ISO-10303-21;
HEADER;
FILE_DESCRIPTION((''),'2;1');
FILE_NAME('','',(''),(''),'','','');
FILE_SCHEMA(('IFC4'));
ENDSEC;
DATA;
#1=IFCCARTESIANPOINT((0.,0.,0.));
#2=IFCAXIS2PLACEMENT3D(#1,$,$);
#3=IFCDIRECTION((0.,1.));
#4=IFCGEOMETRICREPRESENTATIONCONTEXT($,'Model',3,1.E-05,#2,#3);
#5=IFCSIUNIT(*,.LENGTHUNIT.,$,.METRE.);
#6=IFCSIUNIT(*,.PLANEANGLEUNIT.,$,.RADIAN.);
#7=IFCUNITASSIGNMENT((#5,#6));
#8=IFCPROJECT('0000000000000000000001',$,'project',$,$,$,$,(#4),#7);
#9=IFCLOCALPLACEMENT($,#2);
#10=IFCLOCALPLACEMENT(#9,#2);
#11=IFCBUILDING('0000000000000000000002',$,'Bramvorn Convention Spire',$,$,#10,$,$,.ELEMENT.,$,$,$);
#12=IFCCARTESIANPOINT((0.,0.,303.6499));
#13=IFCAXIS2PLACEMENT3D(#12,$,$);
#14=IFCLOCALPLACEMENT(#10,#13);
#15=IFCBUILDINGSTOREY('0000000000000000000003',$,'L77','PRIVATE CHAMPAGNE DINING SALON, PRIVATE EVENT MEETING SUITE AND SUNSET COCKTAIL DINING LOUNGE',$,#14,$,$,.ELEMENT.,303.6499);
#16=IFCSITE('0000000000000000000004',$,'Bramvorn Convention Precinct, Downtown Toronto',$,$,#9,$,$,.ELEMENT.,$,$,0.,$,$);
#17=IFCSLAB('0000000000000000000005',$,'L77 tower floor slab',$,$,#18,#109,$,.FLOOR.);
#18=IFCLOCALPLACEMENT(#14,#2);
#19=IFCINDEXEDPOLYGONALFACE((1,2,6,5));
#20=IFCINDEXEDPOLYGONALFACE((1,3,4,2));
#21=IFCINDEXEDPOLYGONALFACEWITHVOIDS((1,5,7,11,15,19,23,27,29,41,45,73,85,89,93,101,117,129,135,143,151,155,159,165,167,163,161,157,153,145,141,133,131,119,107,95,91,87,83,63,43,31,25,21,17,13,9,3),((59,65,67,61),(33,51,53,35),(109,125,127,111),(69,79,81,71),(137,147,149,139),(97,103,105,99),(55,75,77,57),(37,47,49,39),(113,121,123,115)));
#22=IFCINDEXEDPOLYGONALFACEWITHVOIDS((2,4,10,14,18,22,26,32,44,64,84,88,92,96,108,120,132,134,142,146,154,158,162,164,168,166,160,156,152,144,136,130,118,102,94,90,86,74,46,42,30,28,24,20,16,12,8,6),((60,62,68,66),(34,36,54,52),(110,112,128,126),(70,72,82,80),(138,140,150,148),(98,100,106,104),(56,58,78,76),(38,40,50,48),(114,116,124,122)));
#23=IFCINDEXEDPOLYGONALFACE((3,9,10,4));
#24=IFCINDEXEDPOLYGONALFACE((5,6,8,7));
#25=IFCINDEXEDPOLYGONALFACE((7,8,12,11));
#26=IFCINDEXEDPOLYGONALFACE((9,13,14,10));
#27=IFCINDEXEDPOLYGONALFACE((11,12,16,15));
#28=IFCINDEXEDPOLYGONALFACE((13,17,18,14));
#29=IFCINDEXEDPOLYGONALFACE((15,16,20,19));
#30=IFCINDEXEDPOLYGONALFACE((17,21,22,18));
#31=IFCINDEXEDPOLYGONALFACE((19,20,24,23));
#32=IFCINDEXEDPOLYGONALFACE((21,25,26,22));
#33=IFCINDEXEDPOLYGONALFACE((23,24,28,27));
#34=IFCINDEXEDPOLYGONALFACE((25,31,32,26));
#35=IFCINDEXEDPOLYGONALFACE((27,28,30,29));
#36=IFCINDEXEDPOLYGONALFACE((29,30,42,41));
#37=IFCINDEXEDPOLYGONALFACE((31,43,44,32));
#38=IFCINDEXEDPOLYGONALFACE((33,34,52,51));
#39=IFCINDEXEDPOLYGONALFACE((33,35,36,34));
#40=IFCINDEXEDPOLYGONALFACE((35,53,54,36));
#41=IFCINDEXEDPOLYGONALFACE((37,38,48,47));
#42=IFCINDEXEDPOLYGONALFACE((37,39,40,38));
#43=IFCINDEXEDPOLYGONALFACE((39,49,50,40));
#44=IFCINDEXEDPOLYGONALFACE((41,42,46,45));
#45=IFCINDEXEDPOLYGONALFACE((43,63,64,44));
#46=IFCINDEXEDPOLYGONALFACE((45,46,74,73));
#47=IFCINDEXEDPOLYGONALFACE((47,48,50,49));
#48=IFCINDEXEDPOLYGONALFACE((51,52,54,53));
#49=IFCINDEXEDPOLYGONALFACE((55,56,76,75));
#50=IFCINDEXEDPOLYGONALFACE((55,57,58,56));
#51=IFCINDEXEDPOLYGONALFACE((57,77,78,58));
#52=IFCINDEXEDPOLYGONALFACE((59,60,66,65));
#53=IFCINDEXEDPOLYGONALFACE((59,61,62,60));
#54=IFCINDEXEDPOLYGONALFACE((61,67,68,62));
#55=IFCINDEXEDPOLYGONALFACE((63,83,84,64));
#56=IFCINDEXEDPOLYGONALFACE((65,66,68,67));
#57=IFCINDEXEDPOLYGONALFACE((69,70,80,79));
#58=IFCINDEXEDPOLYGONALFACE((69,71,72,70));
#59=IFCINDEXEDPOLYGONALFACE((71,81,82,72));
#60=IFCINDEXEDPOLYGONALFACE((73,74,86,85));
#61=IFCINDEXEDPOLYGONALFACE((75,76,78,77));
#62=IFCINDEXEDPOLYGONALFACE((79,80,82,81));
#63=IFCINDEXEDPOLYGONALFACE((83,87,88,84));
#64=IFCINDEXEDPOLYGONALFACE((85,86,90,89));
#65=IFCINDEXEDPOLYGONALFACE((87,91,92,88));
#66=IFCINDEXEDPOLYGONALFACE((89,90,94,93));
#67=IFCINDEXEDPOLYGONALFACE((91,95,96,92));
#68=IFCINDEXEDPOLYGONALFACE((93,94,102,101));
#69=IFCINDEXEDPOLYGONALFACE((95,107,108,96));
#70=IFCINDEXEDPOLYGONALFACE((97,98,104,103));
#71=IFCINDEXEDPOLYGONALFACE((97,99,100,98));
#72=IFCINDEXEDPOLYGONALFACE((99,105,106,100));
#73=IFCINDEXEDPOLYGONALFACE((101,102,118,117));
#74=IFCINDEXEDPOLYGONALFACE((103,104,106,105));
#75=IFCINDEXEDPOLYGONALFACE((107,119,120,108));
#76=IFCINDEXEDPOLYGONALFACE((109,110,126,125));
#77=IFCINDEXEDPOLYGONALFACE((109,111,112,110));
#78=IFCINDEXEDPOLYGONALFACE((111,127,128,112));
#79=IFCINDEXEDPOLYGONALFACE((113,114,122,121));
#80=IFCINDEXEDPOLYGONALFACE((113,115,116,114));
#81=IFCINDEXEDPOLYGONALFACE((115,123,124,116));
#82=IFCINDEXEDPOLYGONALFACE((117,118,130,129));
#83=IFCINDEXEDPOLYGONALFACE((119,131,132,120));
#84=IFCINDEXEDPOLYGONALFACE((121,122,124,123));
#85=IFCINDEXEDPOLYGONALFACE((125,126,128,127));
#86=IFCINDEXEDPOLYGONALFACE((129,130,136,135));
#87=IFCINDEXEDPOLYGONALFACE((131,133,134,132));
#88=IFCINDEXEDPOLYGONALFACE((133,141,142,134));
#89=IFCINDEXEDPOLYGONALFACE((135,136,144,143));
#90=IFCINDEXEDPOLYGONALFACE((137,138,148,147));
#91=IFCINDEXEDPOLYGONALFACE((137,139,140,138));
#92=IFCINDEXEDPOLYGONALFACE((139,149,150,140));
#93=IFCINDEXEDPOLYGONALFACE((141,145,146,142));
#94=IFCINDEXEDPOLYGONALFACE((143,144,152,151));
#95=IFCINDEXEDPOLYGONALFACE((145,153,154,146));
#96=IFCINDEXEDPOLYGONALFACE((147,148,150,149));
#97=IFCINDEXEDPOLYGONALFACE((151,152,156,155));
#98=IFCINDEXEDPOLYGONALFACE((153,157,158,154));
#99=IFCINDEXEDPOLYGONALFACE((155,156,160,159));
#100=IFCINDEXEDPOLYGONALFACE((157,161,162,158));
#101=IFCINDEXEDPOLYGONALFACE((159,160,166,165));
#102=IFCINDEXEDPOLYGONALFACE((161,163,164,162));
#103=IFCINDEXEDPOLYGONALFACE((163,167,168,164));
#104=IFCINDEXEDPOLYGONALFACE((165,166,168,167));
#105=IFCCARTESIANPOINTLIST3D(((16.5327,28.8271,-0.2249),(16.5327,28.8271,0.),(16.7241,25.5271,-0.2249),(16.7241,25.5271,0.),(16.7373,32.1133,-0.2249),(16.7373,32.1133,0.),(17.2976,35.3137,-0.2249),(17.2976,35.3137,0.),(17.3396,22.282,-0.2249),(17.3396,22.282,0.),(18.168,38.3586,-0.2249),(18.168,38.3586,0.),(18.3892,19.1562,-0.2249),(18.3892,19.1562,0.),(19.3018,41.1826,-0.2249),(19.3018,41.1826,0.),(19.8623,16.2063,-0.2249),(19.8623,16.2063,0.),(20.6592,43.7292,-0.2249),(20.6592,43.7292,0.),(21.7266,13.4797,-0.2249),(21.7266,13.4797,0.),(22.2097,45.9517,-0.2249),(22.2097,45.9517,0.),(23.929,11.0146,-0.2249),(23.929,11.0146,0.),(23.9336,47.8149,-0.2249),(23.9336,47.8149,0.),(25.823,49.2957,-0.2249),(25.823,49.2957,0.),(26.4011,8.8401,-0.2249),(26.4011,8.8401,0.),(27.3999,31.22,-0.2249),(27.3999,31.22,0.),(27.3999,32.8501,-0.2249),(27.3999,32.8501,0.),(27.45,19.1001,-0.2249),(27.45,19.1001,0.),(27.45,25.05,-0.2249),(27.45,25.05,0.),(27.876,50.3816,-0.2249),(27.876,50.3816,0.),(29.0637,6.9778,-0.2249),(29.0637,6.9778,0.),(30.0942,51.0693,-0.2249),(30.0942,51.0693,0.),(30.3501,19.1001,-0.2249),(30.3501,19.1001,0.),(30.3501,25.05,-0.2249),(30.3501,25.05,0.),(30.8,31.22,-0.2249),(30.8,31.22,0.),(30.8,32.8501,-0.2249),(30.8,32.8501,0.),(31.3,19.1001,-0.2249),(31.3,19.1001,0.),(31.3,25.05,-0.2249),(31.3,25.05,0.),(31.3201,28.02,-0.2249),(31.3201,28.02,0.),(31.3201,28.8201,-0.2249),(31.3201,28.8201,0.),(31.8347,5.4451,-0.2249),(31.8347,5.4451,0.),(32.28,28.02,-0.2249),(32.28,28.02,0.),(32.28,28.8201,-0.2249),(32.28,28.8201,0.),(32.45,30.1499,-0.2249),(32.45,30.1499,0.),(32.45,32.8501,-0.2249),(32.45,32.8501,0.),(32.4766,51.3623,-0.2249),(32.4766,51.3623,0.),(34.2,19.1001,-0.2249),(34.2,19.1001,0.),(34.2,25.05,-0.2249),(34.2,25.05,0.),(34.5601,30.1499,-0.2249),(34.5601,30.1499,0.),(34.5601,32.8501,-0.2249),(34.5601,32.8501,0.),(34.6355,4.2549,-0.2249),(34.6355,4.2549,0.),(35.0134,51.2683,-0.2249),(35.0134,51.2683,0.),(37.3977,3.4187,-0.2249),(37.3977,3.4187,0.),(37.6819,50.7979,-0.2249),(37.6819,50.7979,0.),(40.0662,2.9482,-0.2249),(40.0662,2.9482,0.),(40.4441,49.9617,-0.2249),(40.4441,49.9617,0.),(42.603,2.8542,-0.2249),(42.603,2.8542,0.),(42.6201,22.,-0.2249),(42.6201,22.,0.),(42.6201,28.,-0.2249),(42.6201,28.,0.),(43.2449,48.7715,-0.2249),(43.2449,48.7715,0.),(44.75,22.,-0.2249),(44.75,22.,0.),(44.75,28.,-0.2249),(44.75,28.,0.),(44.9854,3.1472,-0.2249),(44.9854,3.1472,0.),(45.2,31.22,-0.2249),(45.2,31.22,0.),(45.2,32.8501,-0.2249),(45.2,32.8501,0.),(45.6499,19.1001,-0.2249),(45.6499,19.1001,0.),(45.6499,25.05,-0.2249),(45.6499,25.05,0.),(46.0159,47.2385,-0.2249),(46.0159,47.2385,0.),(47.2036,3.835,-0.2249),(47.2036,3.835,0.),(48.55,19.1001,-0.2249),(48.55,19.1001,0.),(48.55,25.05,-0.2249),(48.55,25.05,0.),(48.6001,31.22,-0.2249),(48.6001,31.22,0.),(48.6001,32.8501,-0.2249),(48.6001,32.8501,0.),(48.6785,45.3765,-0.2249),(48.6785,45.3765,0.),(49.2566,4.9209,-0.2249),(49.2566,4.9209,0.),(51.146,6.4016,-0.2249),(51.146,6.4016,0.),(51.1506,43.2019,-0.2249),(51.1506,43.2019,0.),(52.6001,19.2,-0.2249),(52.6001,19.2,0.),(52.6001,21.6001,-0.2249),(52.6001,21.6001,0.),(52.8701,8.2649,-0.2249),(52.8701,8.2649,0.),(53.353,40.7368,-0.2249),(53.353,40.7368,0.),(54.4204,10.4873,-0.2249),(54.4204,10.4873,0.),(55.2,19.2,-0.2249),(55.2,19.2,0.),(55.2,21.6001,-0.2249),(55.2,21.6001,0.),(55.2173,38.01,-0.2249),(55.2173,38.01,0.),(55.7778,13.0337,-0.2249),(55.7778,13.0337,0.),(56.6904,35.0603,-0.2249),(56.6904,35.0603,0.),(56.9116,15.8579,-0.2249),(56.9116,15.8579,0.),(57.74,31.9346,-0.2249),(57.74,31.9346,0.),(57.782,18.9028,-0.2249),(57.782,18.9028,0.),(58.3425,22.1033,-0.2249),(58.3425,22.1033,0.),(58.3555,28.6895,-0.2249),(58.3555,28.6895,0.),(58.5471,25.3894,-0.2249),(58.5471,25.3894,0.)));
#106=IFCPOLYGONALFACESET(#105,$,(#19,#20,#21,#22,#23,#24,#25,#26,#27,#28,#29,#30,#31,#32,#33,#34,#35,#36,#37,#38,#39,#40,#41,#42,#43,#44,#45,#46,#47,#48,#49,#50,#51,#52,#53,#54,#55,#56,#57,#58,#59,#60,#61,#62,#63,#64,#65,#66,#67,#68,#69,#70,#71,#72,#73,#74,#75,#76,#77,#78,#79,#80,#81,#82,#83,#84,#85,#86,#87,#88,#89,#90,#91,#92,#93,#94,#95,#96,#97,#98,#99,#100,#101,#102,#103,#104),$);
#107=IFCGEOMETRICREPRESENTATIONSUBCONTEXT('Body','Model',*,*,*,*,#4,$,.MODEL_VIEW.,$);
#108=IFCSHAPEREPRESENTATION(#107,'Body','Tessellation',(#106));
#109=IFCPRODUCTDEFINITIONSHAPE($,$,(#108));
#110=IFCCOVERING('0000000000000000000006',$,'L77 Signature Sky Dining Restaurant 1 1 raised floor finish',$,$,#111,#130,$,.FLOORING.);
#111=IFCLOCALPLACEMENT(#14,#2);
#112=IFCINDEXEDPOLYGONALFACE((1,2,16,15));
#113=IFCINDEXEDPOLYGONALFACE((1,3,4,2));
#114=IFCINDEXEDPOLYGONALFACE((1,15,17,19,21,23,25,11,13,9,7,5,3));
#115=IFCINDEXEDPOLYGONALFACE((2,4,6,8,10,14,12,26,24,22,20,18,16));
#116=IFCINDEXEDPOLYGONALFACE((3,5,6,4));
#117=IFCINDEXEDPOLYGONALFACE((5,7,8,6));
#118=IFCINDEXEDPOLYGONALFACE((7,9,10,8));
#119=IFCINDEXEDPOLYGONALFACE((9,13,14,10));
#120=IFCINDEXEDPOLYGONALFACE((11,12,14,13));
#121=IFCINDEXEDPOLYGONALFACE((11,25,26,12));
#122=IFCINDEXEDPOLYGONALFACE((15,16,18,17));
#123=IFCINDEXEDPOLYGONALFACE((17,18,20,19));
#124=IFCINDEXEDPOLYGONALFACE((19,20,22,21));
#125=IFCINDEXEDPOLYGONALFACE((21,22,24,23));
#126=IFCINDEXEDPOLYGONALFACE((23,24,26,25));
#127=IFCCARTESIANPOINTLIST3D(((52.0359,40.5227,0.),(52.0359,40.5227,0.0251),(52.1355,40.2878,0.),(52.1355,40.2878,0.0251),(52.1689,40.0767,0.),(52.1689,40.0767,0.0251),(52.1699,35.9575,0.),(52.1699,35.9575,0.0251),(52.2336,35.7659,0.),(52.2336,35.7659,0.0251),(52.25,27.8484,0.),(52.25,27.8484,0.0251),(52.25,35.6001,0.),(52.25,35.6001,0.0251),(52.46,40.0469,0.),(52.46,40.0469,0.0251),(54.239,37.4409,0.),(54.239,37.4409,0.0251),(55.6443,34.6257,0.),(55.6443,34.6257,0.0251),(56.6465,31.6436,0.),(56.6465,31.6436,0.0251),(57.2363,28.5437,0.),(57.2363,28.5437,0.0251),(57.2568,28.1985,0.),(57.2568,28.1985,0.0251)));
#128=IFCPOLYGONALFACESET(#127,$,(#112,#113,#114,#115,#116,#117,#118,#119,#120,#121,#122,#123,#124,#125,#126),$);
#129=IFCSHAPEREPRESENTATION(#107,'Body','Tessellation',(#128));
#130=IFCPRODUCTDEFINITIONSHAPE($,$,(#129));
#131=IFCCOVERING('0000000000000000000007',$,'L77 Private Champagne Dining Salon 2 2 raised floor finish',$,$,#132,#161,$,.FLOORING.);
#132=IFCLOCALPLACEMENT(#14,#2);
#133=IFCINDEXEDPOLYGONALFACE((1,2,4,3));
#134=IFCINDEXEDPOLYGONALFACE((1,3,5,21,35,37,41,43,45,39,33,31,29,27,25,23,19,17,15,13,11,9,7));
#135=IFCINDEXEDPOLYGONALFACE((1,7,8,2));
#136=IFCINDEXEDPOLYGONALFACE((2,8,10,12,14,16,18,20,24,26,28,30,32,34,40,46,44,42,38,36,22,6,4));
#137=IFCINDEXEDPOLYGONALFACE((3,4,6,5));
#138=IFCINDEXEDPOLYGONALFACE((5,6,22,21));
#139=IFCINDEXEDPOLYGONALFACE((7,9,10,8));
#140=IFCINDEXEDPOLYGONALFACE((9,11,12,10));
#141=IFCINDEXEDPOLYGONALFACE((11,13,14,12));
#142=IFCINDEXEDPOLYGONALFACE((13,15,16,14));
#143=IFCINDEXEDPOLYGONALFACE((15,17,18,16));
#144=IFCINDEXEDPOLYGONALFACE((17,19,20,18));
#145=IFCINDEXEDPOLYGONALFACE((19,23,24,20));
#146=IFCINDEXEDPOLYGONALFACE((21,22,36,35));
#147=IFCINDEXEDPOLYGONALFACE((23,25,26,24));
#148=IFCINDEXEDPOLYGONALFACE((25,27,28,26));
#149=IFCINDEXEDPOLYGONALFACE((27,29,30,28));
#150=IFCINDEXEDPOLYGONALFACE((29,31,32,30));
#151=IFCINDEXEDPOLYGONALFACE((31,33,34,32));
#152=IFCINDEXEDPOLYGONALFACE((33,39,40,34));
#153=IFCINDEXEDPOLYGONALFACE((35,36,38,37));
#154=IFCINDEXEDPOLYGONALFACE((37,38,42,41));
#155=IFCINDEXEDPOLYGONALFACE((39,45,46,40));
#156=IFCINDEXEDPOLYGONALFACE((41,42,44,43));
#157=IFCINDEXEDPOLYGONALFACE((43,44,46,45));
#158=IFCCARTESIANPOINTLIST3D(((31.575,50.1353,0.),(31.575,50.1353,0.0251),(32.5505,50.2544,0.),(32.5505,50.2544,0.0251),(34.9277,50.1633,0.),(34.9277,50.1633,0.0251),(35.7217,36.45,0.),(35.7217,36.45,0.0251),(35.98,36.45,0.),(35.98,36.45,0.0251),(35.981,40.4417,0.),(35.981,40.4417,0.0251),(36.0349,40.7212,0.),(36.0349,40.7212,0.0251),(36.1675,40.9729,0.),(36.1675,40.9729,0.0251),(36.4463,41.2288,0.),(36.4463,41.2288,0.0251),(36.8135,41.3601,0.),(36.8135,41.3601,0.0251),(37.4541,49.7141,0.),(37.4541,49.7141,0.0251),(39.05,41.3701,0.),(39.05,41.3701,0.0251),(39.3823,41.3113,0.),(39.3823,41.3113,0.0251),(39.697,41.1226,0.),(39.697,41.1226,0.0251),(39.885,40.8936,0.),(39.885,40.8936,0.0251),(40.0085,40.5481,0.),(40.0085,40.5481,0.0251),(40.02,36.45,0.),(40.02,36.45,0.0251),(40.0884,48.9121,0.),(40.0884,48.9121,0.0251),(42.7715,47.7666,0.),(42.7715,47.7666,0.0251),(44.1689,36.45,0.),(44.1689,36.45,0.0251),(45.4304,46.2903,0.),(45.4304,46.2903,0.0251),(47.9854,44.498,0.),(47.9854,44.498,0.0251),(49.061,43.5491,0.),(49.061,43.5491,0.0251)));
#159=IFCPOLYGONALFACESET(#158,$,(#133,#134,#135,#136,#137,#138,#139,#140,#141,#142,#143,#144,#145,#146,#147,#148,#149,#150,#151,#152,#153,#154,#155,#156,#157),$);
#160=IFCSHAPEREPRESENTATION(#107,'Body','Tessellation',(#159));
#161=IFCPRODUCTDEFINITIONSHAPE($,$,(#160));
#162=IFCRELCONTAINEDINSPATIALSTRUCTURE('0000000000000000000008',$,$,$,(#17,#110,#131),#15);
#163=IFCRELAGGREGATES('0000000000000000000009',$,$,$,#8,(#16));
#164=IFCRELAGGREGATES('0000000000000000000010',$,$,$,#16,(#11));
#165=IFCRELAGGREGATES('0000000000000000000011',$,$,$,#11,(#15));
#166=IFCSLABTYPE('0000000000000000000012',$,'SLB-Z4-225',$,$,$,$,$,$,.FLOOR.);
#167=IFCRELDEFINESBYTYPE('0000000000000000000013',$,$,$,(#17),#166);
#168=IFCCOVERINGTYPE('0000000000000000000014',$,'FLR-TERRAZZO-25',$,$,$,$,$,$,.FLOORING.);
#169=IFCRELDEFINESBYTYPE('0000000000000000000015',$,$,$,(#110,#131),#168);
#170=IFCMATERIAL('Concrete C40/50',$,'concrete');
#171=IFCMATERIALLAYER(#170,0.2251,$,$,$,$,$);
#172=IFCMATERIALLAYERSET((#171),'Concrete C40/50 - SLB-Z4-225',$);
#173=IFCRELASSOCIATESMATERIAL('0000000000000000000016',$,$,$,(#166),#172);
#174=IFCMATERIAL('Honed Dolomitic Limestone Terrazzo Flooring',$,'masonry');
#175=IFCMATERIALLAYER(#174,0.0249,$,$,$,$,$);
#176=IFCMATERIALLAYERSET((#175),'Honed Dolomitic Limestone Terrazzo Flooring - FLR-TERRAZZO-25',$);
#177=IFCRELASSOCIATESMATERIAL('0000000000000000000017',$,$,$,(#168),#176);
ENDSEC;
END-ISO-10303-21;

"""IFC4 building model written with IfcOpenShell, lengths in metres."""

from ifc_helpers import new_model, si_unit, direction, frame, origin, place, context, subcontext, project, spatial, polyline, outline, extrude, material, layer, layer_set, type_object, element, save


model = new_model("IFC4")

# Units and contexts
model_context = context("Model", 3, precision=1e-05, world=origin(), true_north=direction((0.0, 1.0)))
body_context = subcontext(model_context, "Body", "Model", "MODEL_VIEW")
ifc_project = project(units=[si_unit("LENGTHUNIT", "METRE"), si_unit("PLANEANGLEUNIT", "RADIAN")], contexts=[model_context])

# Site, building, storey
site_placement = place(None, origin())
site = spatial("IfcSite", under=ifc_project, at=site_placement, Name="Bramvorn Convention Precinct, Downtown Toronto", CompositionType="ELEMENT", RefElevation=0.0)
building_placement = place(site_placement, origin())
building = spatial("IfcBuilding", under=site, at=building_placement, Name="Bramvorn Convention Spire", CompositionType="ELEMENT")
storey_placement = place(building_placement, frame((0.0, 0.0, 303.6499)))
storey = spatial("IfcBuildingStorey", under=building, at=storey_placement, Name="L77", Description="PRIVATE CHAMPAGNE DINING SALON, PRIVATE EVENT MEETING SUITE AND SUNSET COCKTAIL DINING LOUNGE", CompositionType="ELEMENT", Elevation=303.6499)

# Slab
ifc_material_1 = material(Name="Concrete C40/50", Category="concrete")
ifc_layer_1 = layer(ifc_material_1, 0.2251)
ifc_layer_set_1 = layer_set([ifc_layer_1], Name="Concrete C40/50 - SLB-Z4-225")
slab_type_1 = type_object("IfcSlabType", Name="SLB-Z4-225", PredefinedType="FLOOR", material=ifc_layer_set_1)
slab_1_placement = place(storey_placement, frame((0.0, 0.0, -0.2249)))
element("IfcSlab", 1, at=slab_1_placement, inside=storey, type_object=slab_type_1, Name="L77 tower floor slab", PredefinedType="FLOOR", context=body_context, shape_type="SweptSolid", body=[
    extrude(outline(polyline([(47.2036, 3.835), (49.2566, 4.9209), (51.146, 6.4016), (52.8701, 8.2649), (54.4204, 10.4873), (55.7778, 13.0337), (56.9116, 15.8579), (57.782, 18.9028), (58.3425, 22.1033), (58.5471, 25.3894), (58.3555, 28.6895), (57.74, 31.9346), (56.6904, 35.0603), (55.2173, 38.01), (53.353, 40.7368), (51.1506, 43.2019), (48.6785, 45.3765), (46.0159, 47.2385), (43.2449, 48.7715), (40.4441, 49.9617), (37.6819, 50.7979), (35.0134, 51.2683), (32.4766, 51.3623), (30.0942, 51.0693), (27.876, 50.3816), (25.823, 49.2957), (23.9336, 47.8149), (22.2097, 45.9517), (20.6592, 43.7292), (19.3018, 41.1826), (18.168, 38.3586), (17.2976, 35.3137), (16.7373, 32.1133), (16.5327, 28.8271), (16.7241, 25.5271), (17.3396, 22.282), (18.3892, 19.1562), (19.8623, 16.2063), (21.7266, 13.4797), (23.929, 11.0146), (26.4011, 8.8401), (29.0637, 6.9778), (31.8347, 5.4451), (34.6355, 4.2549), (37.3977, 3.4187), (40.0662, 2.9482), (42.603, 2.8542), (44.9854, 3.1472), (47.2036, 3.835)]), holes=[polyline([(27.45, 25.05), (27.45, 19.1001), (30.3501, 19.1001), (30.3501, 25.05), (27.45, 25.05)]), polyline([(45.6499, 25.05), (45.6499, 19.1001), (48.55, 19.1001), (48.55, 25.05), (45.6499, 25.05)]), polyline([(31.3, 25.05), (31.3, 19.1001), (34.2, 19.1001), (34.2, 25.05), (31.3, 25.05)]), polyline([(27.3999, 31.22), (30.8, 31.22), (30.8, 32.8501), (27.3999, 32.8501), (27.3999, 31.22)]), polyline([(45.2, 31.22), (48.6001, 31.22), (48.6001, 32.8501), (45.2, 32.8501), (45.2, 31.22)]), polyline([(32.45, 30.1499), (34.5601, 30.1499), (34.5601, 32.8501), (32.45, 32.8501), (32.45, 30.1499)]), polyline([(42.6201, 22.0), (44.75, 22.0), (44.75, 28.0), (42.6201, 28.0), (42.6201, 22.0)]), polyline([(31.3201, 28.02), (32.28, 28.02), (32.28, 28.8201), (31.3201, 28.8201), (31.3201, 28.02)]), polyline([(52.6001, 19.2), (55.2, 19.2), (55.2, 21.6001), (52.6001, 21.6001), (52.6001, 19.2)])]), origin(), (0.0, 0.0, 1.0), 0.2249),
])

# Coverings
ifc_material_2 = material(Name="Honed Dolomitic Limestone Terrazzo Flooring", Category="masonry")
ifc_layer_2 = layer(ifc_material_2, 0.0249)
ifc_layer_set_2 = layer_set([ifc_layer_2], Name="Honed Dolomitic Limestone Terrazzo Flooring - FLR-TERRAZZO-25")
covering_type = type_object("IfcCoveringType", Name="FLR-TERRAZZO-25", PredefinedType="FLOORING", material=ifc_layer_set_2)
covering_1_placement = place(storey_placement, origin())
element("IfcCovering", 2, at=covering_1_placement, inside=storey, type_object=covering_type, Name="L77 Signature Sky Dining Restaurant 1 1 raised floor finish", PredefinedType="FLOORING", context=body_context, shape_type="SweptSolid", body=[
    extrude(outline(polyline([(52.1355, 40.2878), (52.1689, 40.0767), (52.1699, 35.9575), (52.2336, 35.7659), (52.25, 35.6001), (52.25, 27.8484), (57.2568, 28.1985), (57.2363, 28.5437), (56.6465, 31.6436), (55.6443, 34.6257), (54.239, 37.4409), (52.46, 40.0469), (52.0359, 40.5227), (52.1355, 40.2878)])), origin(), (0.0, 0.0, 1.0), 0.0251),
])
covering_2_placement = place(storey_placement, origin())
element("IfcCovering", 3, at=covering_2_placement, inside=storey, type_object=covering_type, Name="L77 Private Champagne Dining Salon 2 2 raised floor finish", PredefinedType="FLOORING", context=body_context, shape_type="SweptSolid", body=[
    extrude(outline(polyline([(32.5505, 50.2544), (31.575, 50.1353), (35.7217, 36.45), (35.98, 36.45), (35.981, 40.4417), (36.0349, 40.7212), (36.1675, 40.9729), (36.4463, 41.2288), (36.8135, 41.3601), (39.05, 41.3701), (39.3823, 41.3113), (39.697, 41.1226), (39.885, 40.8936), (40.0085, 40.5481), (40.02, 36.45), (44.1689, 36.45), (49.061, 43.5491), (47.9854, 44.498), (45.4304, 46.2903), (42.7715, 47.7666), (40.0884, 48.9121), (37.4541, 49.7141), (34.9277, 50.1633), (32.5505, 50.2544)])), origin(), (0.0, 0.0, 1.0), 0.0251),
])

save(model, "model.ifc")
